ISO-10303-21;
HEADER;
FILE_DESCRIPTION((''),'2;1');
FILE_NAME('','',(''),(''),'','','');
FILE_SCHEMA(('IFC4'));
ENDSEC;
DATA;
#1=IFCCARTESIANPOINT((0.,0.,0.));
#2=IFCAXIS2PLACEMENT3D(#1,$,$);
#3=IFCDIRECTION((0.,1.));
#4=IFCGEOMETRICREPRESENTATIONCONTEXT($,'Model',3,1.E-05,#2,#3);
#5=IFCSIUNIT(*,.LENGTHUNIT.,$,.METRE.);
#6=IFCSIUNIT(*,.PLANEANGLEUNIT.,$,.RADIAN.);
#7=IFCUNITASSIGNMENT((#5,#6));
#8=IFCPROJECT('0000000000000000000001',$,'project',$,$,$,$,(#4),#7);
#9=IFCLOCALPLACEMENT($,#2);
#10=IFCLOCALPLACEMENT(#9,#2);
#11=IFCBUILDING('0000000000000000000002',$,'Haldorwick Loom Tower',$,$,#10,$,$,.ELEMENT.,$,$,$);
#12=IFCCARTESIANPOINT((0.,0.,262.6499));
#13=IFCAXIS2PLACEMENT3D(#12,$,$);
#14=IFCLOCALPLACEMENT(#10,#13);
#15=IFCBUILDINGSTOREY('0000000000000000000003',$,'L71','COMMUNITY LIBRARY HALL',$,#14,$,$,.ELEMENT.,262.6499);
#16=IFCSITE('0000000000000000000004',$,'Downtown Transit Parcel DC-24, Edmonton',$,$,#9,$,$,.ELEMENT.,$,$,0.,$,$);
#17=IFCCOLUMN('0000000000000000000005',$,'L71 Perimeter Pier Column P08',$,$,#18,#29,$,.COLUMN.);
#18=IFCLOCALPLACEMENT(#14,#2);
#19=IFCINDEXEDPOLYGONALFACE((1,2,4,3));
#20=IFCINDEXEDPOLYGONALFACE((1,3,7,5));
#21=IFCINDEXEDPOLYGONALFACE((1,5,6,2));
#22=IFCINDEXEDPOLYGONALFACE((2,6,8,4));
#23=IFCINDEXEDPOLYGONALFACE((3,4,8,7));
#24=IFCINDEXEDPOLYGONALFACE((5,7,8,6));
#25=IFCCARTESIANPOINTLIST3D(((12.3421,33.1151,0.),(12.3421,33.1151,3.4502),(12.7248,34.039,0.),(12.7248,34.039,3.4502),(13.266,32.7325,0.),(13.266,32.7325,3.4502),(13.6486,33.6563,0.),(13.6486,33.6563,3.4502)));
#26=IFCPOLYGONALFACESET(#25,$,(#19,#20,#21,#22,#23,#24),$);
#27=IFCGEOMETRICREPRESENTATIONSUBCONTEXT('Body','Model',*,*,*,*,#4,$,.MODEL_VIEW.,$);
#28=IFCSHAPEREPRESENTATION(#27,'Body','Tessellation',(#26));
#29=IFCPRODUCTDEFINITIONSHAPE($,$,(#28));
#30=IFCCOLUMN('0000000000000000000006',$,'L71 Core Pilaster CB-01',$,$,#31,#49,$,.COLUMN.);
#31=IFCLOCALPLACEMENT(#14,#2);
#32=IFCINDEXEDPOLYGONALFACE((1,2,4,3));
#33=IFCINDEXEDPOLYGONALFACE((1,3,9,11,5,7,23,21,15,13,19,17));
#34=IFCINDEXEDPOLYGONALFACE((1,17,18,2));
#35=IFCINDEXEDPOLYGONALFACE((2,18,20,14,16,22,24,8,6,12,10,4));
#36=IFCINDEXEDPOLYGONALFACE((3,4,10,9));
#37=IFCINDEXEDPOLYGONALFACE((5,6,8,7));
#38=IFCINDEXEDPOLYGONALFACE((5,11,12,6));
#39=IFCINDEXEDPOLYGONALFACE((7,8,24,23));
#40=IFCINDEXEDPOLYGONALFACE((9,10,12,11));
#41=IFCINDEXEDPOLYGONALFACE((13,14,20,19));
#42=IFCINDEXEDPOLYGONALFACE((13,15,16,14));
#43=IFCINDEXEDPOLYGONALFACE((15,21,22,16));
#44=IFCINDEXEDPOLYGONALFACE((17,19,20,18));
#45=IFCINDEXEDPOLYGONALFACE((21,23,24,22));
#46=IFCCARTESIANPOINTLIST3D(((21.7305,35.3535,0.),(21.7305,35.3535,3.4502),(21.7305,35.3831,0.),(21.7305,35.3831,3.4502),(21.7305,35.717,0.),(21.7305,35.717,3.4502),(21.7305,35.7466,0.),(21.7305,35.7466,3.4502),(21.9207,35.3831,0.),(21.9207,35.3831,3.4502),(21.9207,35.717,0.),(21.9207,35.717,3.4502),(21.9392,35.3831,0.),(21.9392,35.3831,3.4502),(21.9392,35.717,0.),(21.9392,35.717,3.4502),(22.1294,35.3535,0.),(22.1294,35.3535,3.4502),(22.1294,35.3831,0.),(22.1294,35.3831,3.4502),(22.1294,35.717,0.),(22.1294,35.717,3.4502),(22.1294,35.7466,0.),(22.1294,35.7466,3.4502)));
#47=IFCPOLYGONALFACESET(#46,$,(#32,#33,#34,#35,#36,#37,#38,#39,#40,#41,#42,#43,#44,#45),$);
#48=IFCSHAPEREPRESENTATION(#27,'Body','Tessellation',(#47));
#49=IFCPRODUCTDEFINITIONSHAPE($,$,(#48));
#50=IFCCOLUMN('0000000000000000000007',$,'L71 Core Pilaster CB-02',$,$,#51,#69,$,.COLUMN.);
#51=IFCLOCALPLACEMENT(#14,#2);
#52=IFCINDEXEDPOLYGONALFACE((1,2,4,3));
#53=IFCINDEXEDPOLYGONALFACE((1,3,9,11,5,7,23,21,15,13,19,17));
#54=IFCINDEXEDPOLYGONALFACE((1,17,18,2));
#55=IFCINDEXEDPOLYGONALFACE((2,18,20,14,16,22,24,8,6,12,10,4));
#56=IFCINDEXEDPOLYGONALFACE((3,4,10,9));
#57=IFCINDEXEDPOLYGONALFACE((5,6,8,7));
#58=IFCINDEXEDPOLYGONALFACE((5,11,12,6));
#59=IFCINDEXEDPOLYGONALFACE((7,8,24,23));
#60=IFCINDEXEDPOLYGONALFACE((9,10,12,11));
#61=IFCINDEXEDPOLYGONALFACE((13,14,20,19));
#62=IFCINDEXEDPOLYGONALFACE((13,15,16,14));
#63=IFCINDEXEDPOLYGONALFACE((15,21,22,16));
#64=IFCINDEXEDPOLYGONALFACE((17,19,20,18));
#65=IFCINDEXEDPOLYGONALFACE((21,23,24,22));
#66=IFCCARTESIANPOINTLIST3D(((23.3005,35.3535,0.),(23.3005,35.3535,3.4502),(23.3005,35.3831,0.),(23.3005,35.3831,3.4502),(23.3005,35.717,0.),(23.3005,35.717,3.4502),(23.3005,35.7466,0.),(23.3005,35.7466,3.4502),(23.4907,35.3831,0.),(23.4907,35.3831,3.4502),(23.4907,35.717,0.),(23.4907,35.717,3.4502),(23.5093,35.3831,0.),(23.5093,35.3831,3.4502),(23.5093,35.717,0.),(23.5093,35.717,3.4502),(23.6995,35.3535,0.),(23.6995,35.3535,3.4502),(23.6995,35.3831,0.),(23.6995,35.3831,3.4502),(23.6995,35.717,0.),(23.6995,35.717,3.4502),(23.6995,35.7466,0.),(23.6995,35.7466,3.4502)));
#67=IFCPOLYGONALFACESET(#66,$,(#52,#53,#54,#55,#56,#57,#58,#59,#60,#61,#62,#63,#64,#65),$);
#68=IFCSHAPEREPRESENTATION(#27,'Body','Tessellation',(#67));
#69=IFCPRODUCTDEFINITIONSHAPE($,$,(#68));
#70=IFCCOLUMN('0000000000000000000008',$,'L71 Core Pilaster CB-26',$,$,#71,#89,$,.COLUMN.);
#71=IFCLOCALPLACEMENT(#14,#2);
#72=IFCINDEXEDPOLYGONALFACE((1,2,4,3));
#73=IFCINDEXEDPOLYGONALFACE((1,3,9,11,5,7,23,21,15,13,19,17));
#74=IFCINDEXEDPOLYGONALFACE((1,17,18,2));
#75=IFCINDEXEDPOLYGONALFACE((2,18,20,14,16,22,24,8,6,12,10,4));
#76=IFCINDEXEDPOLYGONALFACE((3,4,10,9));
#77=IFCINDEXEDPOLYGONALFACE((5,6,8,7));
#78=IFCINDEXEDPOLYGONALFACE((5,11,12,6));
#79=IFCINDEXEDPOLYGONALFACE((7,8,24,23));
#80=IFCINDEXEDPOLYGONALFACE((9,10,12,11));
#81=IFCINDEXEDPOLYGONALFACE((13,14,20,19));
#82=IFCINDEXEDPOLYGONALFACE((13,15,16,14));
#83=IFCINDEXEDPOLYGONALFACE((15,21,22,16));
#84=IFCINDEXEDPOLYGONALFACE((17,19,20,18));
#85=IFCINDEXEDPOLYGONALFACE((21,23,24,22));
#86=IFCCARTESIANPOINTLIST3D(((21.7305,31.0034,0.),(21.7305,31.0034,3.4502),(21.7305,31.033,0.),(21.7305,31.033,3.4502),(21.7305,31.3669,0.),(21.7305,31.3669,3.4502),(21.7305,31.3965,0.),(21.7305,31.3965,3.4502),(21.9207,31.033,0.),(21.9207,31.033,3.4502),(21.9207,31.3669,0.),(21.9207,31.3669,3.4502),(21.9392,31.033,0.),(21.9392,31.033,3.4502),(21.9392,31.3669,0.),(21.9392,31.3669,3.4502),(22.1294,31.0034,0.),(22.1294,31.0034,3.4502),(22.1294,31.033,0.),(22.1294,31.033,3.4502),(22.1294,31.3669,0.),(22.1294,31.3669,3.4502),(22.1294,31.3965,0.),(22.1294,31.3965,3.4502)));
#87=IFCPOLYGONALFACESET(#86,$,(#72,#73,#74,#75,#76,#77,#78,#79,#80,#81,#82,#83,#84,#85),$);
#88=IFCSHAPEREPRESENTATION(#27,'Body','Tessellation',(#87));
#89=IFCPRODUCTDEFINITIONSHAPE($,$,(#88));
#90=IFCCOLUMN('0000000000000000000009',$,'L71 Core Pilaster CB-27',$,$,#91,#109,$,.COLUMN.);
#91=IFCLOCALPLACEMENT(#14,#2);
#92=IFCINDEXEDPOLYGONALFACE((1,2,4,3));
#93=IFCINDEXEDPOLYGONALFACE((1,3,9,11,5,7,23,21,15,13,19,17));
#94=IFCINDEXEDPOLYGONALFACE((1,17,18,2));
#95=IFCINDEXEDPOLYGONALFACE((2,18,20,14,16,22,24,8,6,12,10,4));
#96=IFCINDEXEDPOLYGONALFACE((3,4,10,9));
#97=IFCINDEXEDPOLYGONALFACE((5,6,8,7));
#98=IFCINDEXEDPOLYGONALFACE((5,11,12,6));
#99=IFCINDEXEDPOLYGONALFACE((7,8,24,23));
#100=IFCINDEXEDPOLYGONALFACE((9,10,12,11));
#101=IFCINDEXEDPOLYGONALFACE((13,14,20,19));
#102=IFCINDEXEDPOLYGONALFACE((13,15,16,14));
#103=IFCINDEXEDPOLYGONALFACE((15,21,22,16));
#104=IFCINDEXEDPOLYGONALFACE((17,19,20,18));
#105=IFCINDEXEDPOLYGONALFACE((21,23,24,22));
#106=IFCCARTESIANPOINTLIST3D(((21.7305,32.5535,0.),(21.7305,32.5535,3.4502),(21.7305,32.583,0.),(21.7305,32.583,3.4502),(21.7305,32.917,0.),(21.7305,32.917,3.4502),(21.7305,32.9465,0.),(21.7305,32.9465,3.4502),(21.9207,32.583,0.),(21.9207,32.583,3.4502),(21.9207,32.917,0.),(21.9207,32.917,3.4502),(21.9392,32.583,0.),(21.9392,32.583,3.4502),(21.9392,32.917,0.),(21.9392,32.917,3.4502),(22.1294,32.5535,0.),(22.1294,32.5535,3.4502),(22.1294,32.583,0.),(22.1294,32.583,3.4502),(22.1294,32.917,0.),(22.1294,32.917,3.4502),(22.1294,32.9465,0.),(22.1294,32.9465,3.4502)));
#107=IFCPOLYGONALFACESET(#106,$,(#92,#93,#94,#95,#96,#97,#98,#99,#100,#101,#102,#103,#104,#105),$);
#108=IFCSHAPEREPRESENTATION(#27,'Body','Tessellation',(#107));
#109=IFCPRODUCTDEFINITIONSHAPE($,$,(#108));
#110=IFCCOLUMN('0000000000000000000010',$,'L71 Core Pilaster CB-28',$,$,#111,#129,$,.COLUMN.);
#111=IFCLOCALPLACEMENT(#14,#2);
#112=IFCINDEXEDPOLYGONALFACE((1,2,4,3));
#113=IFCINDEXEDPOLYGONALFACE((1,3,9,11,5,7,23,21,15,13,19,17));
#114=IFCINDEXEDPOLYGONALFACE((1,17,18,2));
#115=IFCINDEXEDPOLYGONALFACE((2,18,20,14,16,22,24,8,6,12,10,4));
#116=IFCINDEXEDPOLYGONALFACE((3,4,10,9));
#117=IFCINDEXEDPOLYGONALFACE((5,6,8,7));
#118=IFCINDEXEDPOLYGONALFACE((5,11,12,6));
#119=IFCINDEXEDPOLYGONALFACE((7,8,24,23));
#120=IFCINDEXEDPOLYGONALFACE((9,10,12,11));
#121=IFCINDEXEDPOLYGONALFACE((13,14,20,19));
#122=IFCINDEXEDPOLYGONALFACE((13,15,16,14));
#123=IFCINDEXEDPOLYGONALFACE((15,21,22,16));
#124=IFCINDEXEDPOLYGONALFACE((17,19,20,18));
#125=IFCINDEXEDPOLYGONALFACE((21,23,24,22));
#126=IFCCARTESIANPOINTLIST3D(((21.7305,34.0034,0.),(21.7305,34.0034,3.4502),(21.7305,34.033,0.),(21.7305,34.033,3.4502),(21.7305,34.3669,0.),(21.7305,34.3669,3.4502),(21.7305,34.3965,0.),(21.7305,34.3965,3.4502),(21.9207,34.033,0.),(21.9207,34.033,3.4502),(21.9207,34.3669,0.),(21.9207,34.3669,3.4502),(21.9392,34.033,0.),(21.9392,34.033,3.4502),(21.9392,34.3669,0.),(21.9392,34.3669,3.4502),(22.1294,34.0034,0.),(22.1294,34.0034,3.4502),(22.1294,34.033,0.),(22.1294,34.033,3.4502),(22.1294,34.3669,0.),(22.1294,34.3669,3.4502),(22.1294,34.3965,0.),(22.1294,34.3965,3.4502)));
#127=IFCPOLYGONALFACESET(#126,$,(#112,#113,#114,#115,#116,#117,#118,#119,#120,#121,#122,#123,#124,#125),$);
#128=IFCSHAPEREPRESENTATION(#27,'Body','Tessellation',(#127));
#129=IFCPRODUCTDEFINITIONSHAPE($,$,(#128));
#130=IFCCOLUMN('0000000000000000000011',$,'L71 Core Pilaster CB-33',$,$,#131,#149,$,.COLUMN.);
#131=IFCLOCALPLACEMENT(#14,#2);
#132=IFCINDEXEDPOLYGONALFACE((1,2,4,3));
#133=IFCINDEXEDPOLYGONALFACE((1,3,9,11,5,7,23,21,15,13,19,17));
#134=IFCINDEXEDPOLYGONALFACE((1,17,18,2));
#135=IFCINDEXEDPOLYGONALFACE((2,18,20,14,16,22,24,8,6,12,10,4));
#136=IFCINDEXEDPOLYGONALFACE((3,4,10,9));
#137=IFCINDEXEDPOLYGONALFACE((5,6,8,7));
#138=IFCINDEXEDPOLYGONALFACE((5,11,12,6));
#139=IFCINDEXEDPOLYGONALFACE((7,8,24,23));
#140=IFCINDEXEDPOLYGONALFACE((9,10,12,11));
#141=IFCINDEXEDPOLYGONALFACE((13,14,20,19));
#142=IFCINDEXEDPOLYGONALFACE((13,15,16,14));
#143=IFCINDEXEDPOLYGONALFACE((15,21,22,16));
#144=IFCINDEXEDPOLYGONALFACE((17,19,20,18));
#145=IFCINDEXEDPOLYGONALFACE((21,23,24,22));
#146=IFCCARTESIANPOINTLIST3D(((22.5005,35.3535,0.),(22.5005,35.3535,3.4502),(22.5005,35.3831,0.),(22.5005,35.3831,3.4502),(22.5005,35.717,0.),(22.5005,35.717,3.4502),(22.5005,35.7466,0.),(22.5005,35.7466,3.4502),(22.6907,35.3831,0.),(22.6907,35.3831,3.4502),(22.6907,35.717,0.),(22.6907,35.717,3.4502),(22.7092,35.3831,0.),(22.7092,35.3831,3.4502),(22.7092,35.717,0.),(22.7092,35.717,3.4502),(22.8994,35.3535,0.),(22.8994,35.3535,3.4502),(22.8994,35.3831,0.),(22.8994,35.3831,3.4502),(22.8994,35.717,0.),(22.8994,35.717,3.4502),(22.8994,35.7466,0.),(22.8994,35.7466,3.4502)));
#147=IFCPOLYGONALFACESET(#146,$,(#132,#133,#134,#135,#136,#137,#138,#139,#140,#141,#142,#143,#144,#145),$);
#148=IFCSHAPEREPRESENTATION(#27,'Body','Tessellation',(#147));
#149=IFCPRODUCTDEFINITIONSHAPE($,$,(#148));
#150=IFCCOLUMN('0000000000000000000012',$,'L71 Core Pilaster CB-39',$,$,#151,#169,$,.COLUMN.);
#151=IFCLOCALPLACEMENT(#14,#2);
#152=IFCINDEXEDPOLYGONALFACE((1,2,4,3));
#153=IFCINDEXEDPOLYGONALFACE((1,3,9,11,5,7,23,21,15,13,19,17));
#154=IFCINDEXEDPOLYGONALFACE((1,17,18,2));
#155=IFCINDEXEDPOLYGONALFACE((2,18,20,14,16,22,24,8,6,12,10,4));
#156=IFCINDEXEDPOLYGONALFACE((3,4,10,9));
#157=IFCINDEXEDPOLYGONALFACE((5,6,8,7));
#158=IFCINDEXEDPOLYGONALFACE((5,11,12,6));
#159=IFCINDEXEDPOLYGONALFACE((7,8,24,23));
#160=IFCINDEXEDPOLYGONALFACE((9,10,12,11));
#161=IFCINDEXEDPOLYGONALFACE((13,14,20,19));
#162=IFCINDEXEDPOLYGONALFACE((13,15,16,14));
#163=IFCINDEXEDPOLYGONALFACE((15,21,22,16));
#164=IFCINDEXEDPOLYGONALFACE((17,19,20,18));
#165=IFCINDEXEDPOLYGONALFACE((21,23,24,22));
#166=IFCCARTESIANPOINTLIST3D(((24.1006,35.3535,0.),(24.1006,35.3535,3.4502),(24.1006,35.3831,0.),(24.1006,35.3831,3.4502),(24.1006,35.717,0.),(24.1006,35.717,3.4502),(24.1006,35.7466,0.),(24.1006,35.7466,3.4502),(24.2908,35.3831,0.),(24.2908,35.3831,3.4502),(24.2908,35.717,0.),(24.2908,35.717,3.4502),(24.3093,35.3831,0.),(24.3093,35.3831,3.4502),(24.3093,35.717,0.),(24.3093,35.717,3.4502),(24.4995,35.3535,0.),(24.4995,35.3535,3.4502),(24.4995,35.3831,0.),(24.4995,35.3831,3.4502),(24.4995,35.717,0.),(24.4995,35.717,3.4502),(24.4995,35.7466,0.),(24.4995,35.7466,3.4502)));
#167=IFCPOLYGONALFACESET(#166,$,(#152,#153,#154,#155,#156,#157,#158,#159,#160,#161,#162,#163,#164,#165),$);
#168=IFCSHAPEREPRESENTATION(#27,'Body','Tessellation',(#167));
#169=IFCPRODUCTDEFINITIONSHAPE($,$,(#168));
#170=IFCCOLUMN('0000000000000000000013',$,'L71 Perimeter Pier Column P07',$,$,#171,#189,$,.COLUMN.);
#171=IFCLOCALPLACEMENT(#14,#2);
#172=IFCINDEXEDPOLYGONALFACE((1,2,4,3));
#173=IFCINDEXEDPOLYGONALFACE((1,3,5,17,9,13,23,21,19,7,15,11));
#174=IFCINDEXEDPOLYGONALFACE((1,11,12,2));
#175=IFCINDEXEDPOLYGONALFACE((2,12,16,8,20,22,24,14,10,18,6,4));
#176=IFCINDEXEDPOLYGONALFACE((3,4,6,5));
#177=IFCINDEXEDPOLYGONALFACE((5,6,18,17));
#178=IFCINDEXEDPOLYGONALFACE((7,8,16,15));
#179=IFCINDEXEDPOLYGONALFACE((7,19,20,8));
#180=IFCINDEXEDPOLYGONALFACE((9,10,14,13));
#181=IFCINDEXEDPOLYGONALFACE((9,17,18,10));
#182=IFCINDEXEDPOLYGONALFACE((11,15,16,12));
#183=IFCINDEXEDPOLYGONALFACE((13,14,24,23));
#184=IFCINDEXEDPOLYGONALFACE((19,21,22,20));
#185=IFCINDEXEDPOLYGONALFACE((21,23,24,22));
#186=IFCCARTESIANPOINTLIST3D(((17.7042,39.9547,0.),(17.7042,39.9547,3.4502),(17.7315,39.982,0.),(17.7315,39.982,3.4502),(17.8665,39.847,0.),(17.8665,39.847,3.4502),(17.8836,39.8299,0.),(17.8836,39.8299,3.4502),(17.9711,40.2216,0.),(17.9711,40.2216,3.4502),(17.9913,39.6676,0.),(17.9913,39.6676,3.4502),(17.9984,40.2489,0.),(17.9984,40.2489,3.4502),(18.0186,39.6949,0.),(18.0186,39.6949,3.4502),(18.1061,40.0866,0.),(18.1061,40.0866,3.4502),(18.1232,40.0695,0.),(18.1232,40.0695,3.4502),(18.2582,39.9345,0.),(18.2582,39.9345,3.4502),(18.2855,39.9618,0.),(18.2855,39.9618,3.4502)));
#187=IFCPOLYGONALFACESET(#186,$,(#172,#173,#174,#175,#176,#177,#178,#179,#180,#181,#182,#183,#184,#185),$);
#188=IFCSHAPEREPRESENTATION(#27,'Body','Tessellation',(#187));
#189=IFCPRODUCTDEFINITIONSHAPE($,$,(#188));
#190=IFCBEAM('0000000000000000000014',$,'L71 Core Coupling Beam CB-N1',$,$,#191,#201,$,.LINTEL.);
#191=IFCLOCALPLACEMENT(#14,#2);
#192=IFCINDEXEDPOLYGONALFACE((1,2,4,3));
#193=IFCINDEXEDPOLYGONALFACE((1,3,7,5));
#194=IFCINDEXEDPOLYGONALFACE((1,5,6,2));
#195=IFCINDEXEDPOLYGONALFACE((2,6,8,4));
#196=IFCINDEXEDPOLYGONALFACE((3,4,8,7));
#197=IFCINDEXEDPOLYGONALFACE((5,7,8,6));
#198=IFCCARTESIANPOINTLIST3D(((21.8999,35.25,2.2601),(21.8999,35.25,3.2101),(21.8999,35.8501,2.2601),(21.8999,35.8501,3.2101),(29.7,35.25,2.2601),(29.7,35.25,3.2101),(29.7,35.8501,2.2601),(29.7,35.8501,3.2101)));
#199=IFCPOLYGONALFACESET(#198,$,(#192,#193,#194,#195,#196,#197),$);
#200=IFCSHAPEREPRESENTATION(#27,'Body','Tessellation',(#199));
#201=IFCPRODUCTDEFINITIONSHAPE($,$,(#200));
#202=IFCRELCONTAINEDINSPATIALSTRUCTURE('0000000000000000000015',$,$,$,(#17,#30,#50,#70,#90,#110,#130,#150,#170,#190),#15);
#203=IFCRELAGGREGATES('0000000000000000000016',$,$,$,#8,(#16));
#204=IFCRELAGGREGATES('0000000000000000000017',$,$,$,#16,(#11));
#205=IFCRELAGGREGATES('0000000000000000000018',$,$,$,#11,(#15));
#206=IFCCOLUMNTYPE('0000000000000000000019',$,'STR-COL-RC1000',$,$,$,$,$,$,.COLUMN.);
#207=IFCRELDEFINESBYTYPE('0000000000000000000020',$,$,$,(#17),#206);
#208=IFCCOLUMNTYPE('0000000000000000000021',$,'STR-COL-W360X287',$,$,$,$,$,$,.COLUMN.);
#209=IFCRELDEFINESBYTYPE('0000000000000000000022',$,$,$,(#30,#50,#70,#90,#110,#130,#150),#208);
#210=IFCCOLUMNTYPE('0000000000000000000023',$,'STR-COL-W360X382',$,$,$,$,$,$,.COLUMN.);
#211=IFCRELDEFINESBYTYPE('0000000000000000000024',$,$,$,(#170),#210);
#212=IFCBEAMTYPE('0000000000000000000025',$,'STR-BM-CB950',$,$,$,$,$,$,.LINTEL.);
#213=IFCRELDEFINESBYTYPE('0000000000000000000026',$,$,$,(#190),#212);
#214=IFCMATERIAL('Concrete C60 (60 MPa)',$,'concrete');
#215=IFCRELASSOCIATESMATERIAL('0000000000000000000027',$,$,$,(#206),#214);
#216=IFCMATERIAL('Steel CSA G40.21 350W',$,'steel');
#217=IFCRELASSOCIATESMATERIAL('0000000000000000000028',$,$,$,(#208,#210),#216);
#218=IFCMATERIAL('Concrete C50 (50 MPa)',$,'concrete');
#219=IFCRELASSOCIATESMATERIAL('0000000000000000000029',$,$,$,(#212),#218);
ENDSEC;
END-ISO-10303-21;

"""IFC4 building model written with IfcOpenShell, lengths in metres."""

from ifc_helpers import new_model, si_unit, direction, frame, origin, origin_2d, place, context, subcontext, project, spatial, rectangle, i_section, extrude, material, material_profile, profile_set, type_object, element, save


model = new_model("IFC4")

# Units and contexts
model_context = context("Model", 3, precision=1e-05, world=origin(), true_north=direction((0.0, 1.0)))
body_context = subcontext(model_context, "Body", "Model", "MODEL_VIEW")
ifc_project = project(units=[si_unit("LENGTHUNIT", "METRE"), si_unit("PLANEANGLEUNIT", "RADIAN")], contexts=[model_context])

# Site, building, storey
site_placement = place(None, origin())
site = spatial("IfcSite", under=ifc_project, at=site_placement, Name="Downtown Transit Parcel DC-24, Edmonton", CompositionType="ELEMENT", RefElevation=0.0)
building_placement = place(site_placement, origin())
building = spatial("IfcBuilding", under=site, at=building_placement, Name="Haldorwick Loom Tower", CompositionType="ELEMENT")
storey_placement = place(building_placement, frame((0.0, 0.0, 262.6499)))
storey = spatial("IfcBuildingStorey", under=building, at=storey_placement, Name="L71", Description="COMMUNITY LIBRARY HALL", CompositionType="ELEMENT", Elevation=262.6499)

# Columns
ifc_material_1 = material(Name="Concrete C60 (60 MPa)", Category="concrete")
ifc_material_profile_1 = material_profile(ifc_material_1, rectangle(XDim=1.0, YDim=1.0, at=origin_2d()), Name="RC1000X1000", Category="concrete")
ifc_profile_set_1 = profile_set([ifc_material_profile_1], Name="Concrete C60 (60 MPa)")
column_type_1 = type_object("IfcColumnType", Name="STR-COL-RC1000", PredefinedType="COLUMN", material=ifc_profile_set_1)
column_1_placement = place(storey_placement, frame((12.9954, 33.3857, 0.0), z_axis=(0.0, 0.0, 1.0), x_axis=(-0.92388, 0.382683, 0.0)))
element("IfcColumn", 1, at=column_1_placement, inside=storey, type_object=column_type_1, Name="L71 Perimeter Pier Column P08", PredefinedType="COLUMN", context=body_context, shape_type="SweptSolid", body=[
    extrude(rectangle(XDim=1.0, YDim=1.0, at=origin_2d()), origin(), (0.0, 0.0, 1.0), 3.4502),
])
ifc_material_2 = material(Name="Steel CSA G40.21 350W", Category="steel")
ifc_material_profile_2 = material_profile(ifc_material_2, i_section(OverallWidth=0.3989, OverallDepth=0.3931, WebThickness=0.0186, FlangeThickness=0.0295, at=origin_2d()), Name="W360X287", Category="steel")
ifc_profile_set_2 = profile_set([ifc_material_profile_2], Name="Steel CSA G40.21 350W")
column_type_2 = type_object("IfcColumnType", Name="STR-COL-W360X287", PredefinedType="COLUMN", material=ifc_profile_set_2)
for number, where, z_axis, x_axis, name in (
    (2, (21.9299, 35.55, 0.0), (0.0, 0.0, 1.0), (1.0, 0.0, 0.0), "L71 Core Pilaster CB-01"),
    (3, (23.5, 35.55, 0.0), (0.0, 0.0, 1.0), (1.0, 0.0, 0.0), "L71 Core Pilaster CB-02"),
    (4, (21.9299, 31.2, 0.0), (0.0, 0.0, 1.0), (1.0, 0.0, 0.0), "L71 Core Pilaster CB-26"),
    (5, (21.9299, 32.75, 0.0), (0.0, 0.0, 1.0), (1.0, 0.0, 0.0), "L71 Core Pilaster CB-27"),
    (6, (21.9299, 34.2, 0.0), (0.0, 0.0, 1.0), (1.0, 0.0, 0.0), "L71 Core Pilaster CB-28"),
    (7, (22.7, 35.55, 0.0), (0.0, 0.0, 1.0), (1.0, 0.0, 0.0), "L71 Core Pilaster CB-33"),
    (8, (24.3, 35.55, 0.0), (0.0, 0.0, 1.0), (1.0, 0.0, 0.0), "L71 Core Pilaster CB-39"),
):
    element("IfcColumn", number, at=place(storey_placement, frame(where, z_axis=z_axis, x_axis=x_axis)), inside=storey, type_object=column_type_2, Name=name, PredefinedType="COLUMN", context=body_context, shape_type="SweptSolid", body=[
        extrude(i_section(OverallWidth=0.3989, OverallDepth=0.3931, WebThickness=0.0186, FlangeThickness=0.0295, at=origin_2d()), origin(), (0.0, 0.0, 1.0), 3.4502),
    ])
ifc_material_profile_3 = material_profile(ifc_material_2, i_section(OverallWidth=0.406, OverallDepth=0.416, WebThickness=0.0242, FlangeThickness=0.0386, at=origin_2d()), Name="W360X382", Category="steel")
ifc_profile_set_3 = profile_set([ifc_material_profile_3], Name="Steel CSA G40.21 350W")
column_type_3 = type_object("IfcColumnType", Name="STR-COL-W360X382", PredefinedType="COLUMN", material=ifc_profile_set_3)
column_2_placement = place(storey_placement, frame((17.9949, 39.9583, 0.0), z_axis=(0.0, 0.0, 1.0), x_axis=(-0.707107, 0.707107, 0.0)))
element("IfcColumn", 9, at=column_2_placement, inside=storey, type_object=column_type_3, Name="L71 Perimeter Pier Column P07", PredefinedType="COLUMN", context=body_context, shape_type="SweptSolid", body=[
    extrude(i_section(OverallWidth=0.406, OverallDepth=0.416, WebThickness=0.0242, FlangeThickness=0.0386, at=origin_2d()), origin(), (0.0, 0.0, 1.0), 3.4502),
])

# Beam
ifc_material_3 = material(Name="Concrete C50 (50 MPa)", Category="concrete")
ifc_material_profile_4 = material_profile(ifc_material_3, rectangle(XDim=0.6001, YDim=0.95, at=origin_2d()), Name="RC600X950", Category="concrete")
ifc_profile_set_4 = profile_set([ifc_material_profile_4], Name="Concrete C50 (50 MPa)")
beam_type_1 = type_object("IfcBeamType", Name="STR-BM-CB950", PredefinedType="LINTEL", material=ifc_profile_set_4)
beam_1_placement = place(storey_placement, frame((21.8999, 35.55, 2.7351), z_axis=(1.0, 0.0, 0.0), x_axis=(0.0, 1.0, 0.0)))
element("IfcBeam", 10, at=beam_1_placement, inside=storey, type_object=beam_type_1, Name="L71 Core Coupling Beam CB-N1", PredefinedType="LINTEL", context=body_context, shape_type="SweptSolid", body=[
    extrude(rectangle(XDim=0.6001, YDim=0.95, at=origin_2d()), origin(), (0.0, 0.0, 1.0), 7.8),
])

save(model, "model.ifc")
